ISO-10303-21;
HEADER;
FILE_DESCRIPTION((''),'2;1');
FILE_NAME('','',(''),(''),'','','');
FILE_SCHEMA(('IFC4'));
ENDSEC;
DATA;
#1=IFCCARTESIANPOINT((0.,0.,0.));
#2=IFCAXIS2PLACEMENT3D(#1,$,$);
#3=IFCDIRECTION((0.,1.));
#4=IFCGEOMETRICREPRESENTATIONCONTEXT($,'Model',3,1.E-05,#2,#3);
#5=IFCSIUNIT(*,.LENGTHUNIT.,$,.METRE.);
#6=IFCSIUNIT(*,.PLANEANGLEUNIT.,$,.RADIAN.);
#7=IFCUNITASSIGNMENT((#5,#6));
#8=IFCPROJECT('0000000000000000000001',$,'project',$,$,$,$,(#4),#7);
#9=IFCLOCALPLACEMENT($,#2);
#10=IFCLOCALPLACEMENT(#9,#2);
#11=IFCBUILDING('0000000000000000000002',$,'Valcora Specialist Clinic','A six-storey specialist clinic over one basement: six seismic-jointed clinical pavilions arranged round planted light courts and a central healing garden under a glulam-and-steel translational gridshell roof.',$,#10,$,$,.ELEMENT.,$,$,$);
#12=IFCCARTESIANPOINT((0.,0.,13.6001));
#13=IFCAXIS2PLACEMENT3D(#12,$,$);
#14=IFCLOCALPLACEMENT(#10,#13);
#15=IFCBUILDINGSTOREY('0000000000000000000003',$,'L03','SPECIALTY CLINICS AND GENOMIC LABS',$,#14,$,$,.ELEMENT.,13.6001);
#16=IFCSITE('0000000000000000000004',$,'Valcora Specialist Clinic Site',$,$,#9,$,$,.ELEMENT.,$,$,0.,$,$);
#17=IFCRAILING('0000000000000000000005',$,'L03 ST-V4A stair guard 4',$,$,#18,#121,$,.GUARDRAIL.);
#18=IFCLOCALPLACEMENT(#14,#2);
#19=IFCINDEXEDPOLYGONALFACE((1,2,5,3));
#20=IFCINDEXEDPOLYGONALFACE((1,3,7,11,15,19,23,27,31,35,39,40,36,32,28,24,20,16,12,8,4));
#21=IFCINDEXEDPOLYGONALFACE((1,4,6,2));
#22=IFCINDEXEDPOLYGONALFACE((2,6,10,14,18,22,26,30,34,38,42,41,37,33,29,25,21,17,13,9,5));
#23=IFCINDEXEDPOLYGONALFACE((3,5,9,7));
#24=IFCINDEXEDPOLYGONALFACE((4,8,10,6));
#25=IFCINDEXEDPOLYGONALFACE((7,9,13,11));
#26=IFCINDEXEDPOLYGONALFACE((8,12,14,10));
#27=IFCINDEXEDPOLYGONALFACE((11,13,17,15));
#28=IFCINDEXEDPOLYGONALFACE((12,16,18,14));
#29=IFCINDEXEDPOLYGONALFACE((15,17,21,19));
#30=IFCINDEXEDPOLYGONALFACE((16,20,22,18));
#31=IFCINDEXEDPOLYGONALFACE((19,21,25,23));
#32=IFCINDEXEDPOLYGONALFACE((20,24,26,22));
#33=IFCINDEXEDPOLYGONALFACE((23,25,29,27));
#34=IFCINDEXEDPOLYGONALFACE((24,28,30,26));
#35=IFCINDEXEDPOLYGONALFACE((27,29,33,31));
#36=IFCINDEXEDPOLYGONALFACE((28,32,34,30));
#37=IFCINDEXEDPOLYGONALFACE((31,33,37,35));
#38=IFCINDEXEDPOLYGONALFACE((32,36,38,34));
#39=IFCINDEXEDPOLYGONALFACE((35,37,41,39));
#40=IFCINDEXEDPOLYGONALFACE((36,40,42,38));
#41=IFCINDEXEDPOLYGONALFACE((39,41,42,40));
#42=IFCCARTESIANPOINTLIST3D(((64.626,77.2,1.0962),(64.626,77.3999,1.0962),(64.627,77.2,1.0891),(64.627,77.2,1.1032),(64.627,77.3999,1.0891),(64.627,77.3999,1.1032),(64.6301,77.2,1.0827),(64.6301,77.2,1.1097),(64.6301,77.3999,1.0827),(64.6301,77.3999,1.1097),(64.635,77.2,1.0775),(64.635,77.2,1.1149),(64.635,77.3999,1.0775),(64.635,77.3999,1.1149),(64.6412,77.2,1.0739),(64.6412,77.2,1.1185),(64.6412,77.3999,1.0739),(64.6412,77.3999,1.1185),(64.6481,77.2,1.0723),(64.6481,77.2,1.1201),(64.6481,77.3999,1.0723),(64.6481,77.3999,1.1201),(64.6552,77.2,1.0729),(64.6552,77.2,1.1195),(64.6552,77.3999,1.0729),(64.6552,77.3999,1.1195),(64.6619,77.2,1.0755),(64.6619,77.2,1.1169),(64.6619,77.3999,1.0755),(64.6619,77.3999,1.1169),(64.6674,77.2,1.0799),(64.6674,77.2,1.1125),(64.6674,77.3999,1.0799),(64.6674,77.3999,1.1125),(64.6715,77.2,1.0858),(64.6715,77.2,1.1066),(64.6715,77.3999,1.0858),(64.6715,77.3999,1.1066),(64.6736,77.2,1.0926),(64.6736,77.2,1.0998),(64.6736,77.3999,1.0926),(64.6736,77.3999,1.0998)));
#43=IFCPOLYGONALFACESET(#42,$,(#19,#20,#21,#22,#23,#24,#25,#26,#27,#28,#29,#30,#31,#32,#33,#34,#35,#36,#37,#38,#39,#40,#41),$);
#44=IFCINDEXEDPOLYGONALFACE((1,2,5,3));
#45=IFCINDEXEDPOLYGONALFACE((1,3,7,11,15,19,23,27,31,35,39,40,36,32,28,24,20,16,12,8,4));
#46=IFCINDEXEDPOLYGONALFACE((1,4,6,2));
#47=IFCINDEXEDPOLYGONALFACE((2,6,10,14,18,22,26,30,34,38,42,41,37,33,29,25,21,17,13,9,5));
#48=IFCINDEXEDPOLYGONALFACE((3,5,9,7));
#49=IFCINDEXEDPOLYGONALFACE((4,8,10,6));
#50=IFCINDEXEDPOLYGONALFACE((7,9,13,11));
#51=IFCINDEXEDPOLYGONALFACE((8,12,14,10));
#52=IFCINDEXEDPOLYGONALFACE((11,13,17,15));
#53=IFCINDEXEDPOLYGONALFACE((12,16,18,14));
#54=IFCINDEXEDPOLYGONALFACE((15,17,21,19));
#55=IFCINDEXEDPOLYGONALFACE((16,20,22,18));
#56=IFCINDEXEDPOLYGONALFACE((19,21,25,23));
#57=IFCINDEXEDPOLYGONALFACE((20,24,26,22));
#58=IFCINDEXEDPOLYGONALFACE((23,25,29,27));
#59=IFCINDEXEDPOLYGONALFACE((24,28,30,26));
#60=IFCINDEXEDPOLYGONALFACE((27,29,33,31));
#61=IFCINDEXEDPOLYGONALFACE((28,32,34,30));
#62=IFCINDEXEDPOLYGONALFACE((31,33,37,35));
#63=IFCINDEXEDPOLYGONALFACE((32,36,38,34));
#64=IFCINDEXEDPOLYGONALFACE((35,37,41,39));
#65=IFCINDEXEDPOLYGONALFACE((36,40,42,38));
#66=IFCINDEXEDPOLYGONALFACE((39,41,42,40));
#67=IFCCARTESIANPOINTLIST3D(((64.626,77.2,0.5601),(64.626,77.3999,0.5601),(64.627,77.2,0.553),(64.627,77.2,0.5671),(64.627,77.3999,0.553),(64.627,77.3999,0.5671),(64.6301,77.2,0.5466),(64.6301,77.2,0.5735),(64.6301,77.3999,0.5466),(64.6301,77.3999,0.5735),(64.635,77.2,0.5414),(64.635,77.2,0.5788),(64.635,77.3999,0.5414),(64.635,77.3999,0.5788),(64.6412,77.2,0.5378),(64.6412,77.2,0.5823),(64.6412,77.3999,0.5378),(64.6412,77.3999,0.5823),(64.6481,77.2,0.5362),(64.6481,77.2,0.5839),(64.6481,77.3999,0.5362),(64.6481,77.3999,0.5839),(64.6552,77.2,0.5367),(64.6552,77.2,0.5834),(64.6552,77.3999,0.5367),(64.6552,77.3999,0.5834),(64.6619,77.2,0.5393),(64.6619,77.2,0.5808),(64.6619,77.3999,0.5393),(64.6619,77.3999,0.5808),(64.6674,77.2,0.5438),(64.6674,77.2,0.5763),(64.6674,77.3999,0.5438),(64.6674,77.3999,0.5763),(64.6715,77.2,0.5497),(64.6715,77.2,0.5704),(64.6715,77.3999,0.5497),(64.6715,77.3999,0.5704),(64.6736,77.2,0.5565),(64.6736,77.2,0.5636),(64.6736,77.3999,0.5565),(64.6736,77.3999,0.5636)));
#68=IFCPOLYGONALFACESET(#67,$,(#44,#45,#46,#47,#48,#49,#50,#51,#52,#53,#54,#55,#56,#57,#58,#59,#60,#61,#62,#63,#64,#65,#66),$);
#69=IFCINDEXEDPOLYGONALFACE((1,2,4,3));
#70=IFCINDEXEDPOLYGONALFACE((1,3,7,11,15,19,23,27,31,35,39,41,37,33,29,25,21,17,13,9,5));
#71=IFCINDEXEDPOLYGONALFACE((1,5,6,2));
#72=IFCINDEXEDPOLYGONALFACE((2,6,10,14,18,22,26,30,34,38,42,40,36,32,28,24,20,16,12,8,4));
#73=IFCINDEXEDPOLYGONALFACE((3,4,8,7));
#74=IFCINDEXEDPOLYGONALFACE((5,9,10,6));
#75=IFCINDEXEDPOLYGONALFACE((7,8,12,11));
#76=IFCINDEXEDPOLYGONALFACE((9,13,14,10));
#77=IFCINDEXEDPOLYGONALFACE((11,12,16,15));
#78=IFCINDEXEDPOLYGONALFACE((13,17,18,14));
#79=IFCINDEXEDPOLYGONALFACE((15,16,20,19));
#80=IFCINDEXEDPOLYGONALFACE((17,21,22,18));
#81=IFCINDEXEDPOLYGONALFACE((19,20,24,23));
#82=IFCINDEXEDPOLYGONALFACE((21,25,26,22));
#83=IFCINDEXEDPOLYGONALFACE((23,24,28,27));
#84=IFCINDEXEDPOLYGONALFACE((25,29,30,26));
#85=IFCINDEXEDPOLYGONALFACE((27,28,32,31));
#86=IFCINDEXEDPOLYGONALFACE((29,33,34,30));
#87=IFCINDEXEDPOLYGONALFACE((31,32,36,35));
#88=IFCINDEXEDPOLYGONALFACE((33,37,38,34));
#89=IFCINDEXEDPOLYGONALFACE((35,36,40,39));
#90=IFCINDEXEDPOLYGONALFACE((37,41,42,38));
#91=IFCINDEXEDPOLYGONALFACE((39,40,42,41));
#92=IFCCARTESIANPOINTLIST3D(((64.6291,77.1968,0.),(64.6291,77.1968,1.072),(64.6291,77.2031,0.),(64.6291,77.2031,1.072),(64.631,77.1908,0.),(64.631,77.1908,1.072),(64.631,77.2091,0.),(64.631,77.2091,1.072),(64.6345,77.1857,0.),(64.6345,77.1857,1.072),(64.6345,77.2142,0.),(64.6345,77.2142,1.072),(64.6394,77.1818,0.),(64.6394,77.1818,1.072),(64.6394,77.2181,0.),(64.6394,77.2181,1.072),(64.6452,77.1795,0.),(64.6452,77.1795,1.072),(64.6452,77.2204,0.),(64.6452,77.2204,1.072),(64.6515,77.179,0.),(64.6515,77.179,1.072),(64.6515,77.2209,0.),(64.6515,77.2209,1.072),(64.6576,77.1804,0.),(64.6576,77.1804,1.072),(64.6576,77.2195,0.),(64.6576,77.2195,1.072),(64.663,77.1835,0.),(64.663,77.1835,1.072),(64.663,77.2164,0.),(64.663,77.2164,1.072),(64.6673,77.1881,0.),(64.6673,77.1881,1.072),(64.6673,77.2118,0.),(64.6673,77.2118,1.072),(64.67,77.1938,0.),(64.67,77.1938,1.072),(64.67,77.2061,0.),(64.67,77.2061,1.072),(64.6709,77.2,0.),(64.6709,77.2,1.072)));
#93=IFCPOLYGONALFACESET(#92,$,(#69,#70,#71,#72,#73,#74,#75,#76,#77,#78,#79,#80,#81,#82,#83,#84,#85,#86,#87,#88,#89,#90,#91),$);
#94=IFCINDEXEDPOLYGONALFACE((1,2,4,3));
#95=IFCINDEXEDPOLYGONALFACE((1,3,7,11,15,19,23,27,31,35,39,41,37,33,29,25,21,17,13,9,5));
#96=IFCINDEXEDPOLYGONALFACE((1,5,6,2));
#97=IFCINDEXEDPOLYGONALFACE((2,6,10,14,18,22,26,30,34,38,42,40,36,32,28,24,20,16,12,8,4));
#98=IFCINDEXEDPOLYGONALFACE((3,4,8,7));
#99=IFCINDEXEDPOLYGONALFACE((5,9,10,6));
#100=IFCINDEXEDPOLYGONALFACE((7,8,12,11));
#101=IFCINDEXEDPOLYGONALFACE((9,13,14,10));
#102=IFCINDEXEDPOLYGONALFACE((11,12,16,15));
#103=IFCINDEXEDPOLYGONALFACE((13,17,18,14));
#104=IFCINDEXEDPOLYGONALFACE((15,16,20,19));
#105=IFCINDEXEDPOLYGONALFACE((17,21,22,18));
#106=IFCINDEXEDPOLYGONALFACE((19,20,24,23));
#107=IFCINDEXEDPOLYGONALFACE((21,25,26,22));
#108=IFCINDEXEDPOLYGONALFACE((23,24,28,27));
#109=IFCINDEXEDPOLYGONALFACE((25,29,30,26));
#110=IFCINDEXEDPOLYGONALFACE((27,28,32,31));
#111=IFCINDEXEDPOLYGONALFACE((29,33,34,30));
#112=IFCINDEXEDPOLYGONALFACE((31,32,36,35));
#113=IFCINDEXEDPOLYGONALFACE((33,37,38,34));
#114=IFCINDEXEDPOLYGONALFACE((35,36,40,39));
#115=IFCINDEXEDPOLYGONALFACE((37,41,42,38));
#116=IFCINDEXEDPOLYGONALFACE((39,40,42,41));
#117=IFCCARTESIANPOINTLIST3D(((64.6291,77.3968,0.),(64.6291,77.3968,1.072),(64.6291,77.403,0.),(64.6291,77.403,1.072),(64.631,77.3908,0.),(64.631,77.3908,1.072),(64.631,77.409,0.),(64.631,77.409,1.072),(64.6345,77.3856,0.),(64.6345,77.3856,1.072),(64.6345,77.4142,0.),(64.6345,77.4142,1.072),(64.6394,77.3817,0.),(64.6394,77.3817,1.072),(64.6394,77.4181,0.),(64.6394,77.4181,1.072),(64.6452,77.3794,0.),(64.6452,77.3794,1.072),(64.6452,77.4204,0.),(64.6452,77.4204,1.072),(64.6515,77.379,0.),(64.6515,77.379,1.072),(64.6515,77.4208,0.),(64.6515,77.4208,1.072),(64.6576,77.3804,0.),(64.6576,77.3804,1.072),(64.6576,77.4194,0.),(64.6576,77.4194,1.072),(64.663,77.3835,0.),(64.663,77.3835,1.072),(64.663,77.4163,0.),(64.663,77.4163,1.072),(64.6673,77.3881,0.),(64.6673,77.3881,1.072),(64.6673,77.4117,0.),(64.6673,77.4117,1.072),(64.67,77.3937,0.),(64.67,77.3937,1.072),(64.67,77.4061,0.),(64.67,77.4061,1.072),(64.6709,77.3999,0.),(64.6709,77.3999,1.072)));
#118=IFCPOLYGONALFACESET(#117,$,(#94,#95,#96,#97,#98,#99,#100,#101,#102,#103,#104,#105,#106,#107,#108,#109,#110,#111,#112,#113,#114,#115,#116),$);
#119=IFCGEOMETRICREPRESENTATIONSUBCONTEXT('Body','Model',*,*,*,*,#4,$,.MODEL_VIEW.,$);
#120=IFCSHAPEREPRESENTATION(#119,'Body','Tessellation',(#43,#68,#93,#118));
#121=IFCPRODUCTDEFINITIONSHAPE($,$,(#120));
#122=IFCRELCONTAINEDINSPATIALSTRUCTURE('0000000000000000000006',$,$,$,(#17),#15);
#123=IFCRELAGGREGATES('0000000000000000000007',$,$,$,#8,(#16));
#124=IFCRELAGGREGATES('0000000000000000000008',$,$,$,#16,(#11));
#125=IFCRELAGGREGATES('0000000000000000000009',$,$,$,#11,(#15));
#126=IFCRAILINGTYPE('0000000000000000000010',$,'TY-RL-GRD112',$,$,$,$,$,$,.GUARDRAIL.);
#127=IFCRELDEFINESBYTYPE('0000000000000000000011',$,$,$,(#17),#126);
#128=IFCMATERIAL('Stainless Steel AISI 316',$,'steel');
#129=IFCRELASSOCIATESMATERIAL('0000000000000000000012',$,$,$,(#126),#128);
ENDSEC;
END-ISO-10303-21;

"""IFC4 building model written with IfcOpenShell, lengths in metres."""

from ifc_helpers import new_model, si_unit, direction, frame, origin, origin_2d, place, context, subcontext, project, spatial, circle, extrude, material, type_object, element, save


model = new_model("IFC4")

# Units and contexts
model_context = context("Model", 3, precision=1e-05, world=origin(), true_north=direction((0.0, 1.0)))
body_context = subcontext(model_context, "Body", "Model", "MODEL_VIEW")
ifc_project = project(units=[si_unit("LENGTHUNIT", "METRE"), si_unit("PLANEANGLEUNIT", "RADIAN")], contexts=[model_context])

# Site, building, storey
site_placement = place(None, origin())
site = spatial("IfcSite", under=ifc_project, at=site_placement, Name="Valcora Specialist Clinic Site", CompositionType="ELEMENT", RefElevation=0.0)
building_placement = place(site_placement, origin())
building = spatial("IfcBuilding", under=site, at=building_placement, Name="Valcora Specialist Clinic", Description="A six-storey specialist clinic over one basement: six seismic-jointed clinical pavilions arranged round planted light courts and a central healing garden under a glulam-and-steel translational gridshell roof.", CompositionType="ELEMENT")
storey_placement = place(building_placement, frame((0.0, 0.0, 13.6001)))
storey = spatial("IfcBuildingStorey", under=building, at=storey_placement, Name="L03", Description="SPECIALTY CLINICS AND GENOMIC LABS", CompositionType="ELEMENT", Elevation=13.6001)

# Shared definitions
ifc_material_1 = material(Name="Stainless Steel AISI 316", Category="steel")

# Railing
railing_type_1 = type_object("IfcRailingType", Name="TY-RL-GRD112", PredefinedType="GUARDRAIL", material=ifc_material_1)
railing_1_placement = place(storey_placement, frame((64.6499, 77.2, 0.0)))
element("IfcRailing", 1, at=railing_1_placement, inside=storey, type_object=railing_type_1, Name="L03 ST-V4A stair guard 4", PredefinedType="GUARDRAIL", context=body_context, shape_type="SweptSolid", body=[
    extrude(circle(Radius=0.0239, at=origin_2d()), frame((0.0, 0.0, 1.0962), z_axis=(0.0, 1.0, 0.0), x_axis=(-1.0, 0.0, 0.0)), (0.0, 0.0, 1.0), 0.2),
    extrude(circle(Radius=0.0239, at=origin_2d()), frame((0.0, 0.0, 0.5601), z_axis=(0.0, 1.0, 0.0), x_axis=(-1.0, 0.0, 0.0)), (0.0, 0.0, 1.0), 0.2),
    extrude(circle(Radius=0.021, at=origin_2d()), origin(), (0.0, 0.0, 1.0), 1.072),
    extrude(circle(Radius=0.021, at=origin_2d()), frame((0.0, 0.2, 0.0)), (0.0, 0.0, 1.0), 1.072),
])

save(model, "model.ifc")
